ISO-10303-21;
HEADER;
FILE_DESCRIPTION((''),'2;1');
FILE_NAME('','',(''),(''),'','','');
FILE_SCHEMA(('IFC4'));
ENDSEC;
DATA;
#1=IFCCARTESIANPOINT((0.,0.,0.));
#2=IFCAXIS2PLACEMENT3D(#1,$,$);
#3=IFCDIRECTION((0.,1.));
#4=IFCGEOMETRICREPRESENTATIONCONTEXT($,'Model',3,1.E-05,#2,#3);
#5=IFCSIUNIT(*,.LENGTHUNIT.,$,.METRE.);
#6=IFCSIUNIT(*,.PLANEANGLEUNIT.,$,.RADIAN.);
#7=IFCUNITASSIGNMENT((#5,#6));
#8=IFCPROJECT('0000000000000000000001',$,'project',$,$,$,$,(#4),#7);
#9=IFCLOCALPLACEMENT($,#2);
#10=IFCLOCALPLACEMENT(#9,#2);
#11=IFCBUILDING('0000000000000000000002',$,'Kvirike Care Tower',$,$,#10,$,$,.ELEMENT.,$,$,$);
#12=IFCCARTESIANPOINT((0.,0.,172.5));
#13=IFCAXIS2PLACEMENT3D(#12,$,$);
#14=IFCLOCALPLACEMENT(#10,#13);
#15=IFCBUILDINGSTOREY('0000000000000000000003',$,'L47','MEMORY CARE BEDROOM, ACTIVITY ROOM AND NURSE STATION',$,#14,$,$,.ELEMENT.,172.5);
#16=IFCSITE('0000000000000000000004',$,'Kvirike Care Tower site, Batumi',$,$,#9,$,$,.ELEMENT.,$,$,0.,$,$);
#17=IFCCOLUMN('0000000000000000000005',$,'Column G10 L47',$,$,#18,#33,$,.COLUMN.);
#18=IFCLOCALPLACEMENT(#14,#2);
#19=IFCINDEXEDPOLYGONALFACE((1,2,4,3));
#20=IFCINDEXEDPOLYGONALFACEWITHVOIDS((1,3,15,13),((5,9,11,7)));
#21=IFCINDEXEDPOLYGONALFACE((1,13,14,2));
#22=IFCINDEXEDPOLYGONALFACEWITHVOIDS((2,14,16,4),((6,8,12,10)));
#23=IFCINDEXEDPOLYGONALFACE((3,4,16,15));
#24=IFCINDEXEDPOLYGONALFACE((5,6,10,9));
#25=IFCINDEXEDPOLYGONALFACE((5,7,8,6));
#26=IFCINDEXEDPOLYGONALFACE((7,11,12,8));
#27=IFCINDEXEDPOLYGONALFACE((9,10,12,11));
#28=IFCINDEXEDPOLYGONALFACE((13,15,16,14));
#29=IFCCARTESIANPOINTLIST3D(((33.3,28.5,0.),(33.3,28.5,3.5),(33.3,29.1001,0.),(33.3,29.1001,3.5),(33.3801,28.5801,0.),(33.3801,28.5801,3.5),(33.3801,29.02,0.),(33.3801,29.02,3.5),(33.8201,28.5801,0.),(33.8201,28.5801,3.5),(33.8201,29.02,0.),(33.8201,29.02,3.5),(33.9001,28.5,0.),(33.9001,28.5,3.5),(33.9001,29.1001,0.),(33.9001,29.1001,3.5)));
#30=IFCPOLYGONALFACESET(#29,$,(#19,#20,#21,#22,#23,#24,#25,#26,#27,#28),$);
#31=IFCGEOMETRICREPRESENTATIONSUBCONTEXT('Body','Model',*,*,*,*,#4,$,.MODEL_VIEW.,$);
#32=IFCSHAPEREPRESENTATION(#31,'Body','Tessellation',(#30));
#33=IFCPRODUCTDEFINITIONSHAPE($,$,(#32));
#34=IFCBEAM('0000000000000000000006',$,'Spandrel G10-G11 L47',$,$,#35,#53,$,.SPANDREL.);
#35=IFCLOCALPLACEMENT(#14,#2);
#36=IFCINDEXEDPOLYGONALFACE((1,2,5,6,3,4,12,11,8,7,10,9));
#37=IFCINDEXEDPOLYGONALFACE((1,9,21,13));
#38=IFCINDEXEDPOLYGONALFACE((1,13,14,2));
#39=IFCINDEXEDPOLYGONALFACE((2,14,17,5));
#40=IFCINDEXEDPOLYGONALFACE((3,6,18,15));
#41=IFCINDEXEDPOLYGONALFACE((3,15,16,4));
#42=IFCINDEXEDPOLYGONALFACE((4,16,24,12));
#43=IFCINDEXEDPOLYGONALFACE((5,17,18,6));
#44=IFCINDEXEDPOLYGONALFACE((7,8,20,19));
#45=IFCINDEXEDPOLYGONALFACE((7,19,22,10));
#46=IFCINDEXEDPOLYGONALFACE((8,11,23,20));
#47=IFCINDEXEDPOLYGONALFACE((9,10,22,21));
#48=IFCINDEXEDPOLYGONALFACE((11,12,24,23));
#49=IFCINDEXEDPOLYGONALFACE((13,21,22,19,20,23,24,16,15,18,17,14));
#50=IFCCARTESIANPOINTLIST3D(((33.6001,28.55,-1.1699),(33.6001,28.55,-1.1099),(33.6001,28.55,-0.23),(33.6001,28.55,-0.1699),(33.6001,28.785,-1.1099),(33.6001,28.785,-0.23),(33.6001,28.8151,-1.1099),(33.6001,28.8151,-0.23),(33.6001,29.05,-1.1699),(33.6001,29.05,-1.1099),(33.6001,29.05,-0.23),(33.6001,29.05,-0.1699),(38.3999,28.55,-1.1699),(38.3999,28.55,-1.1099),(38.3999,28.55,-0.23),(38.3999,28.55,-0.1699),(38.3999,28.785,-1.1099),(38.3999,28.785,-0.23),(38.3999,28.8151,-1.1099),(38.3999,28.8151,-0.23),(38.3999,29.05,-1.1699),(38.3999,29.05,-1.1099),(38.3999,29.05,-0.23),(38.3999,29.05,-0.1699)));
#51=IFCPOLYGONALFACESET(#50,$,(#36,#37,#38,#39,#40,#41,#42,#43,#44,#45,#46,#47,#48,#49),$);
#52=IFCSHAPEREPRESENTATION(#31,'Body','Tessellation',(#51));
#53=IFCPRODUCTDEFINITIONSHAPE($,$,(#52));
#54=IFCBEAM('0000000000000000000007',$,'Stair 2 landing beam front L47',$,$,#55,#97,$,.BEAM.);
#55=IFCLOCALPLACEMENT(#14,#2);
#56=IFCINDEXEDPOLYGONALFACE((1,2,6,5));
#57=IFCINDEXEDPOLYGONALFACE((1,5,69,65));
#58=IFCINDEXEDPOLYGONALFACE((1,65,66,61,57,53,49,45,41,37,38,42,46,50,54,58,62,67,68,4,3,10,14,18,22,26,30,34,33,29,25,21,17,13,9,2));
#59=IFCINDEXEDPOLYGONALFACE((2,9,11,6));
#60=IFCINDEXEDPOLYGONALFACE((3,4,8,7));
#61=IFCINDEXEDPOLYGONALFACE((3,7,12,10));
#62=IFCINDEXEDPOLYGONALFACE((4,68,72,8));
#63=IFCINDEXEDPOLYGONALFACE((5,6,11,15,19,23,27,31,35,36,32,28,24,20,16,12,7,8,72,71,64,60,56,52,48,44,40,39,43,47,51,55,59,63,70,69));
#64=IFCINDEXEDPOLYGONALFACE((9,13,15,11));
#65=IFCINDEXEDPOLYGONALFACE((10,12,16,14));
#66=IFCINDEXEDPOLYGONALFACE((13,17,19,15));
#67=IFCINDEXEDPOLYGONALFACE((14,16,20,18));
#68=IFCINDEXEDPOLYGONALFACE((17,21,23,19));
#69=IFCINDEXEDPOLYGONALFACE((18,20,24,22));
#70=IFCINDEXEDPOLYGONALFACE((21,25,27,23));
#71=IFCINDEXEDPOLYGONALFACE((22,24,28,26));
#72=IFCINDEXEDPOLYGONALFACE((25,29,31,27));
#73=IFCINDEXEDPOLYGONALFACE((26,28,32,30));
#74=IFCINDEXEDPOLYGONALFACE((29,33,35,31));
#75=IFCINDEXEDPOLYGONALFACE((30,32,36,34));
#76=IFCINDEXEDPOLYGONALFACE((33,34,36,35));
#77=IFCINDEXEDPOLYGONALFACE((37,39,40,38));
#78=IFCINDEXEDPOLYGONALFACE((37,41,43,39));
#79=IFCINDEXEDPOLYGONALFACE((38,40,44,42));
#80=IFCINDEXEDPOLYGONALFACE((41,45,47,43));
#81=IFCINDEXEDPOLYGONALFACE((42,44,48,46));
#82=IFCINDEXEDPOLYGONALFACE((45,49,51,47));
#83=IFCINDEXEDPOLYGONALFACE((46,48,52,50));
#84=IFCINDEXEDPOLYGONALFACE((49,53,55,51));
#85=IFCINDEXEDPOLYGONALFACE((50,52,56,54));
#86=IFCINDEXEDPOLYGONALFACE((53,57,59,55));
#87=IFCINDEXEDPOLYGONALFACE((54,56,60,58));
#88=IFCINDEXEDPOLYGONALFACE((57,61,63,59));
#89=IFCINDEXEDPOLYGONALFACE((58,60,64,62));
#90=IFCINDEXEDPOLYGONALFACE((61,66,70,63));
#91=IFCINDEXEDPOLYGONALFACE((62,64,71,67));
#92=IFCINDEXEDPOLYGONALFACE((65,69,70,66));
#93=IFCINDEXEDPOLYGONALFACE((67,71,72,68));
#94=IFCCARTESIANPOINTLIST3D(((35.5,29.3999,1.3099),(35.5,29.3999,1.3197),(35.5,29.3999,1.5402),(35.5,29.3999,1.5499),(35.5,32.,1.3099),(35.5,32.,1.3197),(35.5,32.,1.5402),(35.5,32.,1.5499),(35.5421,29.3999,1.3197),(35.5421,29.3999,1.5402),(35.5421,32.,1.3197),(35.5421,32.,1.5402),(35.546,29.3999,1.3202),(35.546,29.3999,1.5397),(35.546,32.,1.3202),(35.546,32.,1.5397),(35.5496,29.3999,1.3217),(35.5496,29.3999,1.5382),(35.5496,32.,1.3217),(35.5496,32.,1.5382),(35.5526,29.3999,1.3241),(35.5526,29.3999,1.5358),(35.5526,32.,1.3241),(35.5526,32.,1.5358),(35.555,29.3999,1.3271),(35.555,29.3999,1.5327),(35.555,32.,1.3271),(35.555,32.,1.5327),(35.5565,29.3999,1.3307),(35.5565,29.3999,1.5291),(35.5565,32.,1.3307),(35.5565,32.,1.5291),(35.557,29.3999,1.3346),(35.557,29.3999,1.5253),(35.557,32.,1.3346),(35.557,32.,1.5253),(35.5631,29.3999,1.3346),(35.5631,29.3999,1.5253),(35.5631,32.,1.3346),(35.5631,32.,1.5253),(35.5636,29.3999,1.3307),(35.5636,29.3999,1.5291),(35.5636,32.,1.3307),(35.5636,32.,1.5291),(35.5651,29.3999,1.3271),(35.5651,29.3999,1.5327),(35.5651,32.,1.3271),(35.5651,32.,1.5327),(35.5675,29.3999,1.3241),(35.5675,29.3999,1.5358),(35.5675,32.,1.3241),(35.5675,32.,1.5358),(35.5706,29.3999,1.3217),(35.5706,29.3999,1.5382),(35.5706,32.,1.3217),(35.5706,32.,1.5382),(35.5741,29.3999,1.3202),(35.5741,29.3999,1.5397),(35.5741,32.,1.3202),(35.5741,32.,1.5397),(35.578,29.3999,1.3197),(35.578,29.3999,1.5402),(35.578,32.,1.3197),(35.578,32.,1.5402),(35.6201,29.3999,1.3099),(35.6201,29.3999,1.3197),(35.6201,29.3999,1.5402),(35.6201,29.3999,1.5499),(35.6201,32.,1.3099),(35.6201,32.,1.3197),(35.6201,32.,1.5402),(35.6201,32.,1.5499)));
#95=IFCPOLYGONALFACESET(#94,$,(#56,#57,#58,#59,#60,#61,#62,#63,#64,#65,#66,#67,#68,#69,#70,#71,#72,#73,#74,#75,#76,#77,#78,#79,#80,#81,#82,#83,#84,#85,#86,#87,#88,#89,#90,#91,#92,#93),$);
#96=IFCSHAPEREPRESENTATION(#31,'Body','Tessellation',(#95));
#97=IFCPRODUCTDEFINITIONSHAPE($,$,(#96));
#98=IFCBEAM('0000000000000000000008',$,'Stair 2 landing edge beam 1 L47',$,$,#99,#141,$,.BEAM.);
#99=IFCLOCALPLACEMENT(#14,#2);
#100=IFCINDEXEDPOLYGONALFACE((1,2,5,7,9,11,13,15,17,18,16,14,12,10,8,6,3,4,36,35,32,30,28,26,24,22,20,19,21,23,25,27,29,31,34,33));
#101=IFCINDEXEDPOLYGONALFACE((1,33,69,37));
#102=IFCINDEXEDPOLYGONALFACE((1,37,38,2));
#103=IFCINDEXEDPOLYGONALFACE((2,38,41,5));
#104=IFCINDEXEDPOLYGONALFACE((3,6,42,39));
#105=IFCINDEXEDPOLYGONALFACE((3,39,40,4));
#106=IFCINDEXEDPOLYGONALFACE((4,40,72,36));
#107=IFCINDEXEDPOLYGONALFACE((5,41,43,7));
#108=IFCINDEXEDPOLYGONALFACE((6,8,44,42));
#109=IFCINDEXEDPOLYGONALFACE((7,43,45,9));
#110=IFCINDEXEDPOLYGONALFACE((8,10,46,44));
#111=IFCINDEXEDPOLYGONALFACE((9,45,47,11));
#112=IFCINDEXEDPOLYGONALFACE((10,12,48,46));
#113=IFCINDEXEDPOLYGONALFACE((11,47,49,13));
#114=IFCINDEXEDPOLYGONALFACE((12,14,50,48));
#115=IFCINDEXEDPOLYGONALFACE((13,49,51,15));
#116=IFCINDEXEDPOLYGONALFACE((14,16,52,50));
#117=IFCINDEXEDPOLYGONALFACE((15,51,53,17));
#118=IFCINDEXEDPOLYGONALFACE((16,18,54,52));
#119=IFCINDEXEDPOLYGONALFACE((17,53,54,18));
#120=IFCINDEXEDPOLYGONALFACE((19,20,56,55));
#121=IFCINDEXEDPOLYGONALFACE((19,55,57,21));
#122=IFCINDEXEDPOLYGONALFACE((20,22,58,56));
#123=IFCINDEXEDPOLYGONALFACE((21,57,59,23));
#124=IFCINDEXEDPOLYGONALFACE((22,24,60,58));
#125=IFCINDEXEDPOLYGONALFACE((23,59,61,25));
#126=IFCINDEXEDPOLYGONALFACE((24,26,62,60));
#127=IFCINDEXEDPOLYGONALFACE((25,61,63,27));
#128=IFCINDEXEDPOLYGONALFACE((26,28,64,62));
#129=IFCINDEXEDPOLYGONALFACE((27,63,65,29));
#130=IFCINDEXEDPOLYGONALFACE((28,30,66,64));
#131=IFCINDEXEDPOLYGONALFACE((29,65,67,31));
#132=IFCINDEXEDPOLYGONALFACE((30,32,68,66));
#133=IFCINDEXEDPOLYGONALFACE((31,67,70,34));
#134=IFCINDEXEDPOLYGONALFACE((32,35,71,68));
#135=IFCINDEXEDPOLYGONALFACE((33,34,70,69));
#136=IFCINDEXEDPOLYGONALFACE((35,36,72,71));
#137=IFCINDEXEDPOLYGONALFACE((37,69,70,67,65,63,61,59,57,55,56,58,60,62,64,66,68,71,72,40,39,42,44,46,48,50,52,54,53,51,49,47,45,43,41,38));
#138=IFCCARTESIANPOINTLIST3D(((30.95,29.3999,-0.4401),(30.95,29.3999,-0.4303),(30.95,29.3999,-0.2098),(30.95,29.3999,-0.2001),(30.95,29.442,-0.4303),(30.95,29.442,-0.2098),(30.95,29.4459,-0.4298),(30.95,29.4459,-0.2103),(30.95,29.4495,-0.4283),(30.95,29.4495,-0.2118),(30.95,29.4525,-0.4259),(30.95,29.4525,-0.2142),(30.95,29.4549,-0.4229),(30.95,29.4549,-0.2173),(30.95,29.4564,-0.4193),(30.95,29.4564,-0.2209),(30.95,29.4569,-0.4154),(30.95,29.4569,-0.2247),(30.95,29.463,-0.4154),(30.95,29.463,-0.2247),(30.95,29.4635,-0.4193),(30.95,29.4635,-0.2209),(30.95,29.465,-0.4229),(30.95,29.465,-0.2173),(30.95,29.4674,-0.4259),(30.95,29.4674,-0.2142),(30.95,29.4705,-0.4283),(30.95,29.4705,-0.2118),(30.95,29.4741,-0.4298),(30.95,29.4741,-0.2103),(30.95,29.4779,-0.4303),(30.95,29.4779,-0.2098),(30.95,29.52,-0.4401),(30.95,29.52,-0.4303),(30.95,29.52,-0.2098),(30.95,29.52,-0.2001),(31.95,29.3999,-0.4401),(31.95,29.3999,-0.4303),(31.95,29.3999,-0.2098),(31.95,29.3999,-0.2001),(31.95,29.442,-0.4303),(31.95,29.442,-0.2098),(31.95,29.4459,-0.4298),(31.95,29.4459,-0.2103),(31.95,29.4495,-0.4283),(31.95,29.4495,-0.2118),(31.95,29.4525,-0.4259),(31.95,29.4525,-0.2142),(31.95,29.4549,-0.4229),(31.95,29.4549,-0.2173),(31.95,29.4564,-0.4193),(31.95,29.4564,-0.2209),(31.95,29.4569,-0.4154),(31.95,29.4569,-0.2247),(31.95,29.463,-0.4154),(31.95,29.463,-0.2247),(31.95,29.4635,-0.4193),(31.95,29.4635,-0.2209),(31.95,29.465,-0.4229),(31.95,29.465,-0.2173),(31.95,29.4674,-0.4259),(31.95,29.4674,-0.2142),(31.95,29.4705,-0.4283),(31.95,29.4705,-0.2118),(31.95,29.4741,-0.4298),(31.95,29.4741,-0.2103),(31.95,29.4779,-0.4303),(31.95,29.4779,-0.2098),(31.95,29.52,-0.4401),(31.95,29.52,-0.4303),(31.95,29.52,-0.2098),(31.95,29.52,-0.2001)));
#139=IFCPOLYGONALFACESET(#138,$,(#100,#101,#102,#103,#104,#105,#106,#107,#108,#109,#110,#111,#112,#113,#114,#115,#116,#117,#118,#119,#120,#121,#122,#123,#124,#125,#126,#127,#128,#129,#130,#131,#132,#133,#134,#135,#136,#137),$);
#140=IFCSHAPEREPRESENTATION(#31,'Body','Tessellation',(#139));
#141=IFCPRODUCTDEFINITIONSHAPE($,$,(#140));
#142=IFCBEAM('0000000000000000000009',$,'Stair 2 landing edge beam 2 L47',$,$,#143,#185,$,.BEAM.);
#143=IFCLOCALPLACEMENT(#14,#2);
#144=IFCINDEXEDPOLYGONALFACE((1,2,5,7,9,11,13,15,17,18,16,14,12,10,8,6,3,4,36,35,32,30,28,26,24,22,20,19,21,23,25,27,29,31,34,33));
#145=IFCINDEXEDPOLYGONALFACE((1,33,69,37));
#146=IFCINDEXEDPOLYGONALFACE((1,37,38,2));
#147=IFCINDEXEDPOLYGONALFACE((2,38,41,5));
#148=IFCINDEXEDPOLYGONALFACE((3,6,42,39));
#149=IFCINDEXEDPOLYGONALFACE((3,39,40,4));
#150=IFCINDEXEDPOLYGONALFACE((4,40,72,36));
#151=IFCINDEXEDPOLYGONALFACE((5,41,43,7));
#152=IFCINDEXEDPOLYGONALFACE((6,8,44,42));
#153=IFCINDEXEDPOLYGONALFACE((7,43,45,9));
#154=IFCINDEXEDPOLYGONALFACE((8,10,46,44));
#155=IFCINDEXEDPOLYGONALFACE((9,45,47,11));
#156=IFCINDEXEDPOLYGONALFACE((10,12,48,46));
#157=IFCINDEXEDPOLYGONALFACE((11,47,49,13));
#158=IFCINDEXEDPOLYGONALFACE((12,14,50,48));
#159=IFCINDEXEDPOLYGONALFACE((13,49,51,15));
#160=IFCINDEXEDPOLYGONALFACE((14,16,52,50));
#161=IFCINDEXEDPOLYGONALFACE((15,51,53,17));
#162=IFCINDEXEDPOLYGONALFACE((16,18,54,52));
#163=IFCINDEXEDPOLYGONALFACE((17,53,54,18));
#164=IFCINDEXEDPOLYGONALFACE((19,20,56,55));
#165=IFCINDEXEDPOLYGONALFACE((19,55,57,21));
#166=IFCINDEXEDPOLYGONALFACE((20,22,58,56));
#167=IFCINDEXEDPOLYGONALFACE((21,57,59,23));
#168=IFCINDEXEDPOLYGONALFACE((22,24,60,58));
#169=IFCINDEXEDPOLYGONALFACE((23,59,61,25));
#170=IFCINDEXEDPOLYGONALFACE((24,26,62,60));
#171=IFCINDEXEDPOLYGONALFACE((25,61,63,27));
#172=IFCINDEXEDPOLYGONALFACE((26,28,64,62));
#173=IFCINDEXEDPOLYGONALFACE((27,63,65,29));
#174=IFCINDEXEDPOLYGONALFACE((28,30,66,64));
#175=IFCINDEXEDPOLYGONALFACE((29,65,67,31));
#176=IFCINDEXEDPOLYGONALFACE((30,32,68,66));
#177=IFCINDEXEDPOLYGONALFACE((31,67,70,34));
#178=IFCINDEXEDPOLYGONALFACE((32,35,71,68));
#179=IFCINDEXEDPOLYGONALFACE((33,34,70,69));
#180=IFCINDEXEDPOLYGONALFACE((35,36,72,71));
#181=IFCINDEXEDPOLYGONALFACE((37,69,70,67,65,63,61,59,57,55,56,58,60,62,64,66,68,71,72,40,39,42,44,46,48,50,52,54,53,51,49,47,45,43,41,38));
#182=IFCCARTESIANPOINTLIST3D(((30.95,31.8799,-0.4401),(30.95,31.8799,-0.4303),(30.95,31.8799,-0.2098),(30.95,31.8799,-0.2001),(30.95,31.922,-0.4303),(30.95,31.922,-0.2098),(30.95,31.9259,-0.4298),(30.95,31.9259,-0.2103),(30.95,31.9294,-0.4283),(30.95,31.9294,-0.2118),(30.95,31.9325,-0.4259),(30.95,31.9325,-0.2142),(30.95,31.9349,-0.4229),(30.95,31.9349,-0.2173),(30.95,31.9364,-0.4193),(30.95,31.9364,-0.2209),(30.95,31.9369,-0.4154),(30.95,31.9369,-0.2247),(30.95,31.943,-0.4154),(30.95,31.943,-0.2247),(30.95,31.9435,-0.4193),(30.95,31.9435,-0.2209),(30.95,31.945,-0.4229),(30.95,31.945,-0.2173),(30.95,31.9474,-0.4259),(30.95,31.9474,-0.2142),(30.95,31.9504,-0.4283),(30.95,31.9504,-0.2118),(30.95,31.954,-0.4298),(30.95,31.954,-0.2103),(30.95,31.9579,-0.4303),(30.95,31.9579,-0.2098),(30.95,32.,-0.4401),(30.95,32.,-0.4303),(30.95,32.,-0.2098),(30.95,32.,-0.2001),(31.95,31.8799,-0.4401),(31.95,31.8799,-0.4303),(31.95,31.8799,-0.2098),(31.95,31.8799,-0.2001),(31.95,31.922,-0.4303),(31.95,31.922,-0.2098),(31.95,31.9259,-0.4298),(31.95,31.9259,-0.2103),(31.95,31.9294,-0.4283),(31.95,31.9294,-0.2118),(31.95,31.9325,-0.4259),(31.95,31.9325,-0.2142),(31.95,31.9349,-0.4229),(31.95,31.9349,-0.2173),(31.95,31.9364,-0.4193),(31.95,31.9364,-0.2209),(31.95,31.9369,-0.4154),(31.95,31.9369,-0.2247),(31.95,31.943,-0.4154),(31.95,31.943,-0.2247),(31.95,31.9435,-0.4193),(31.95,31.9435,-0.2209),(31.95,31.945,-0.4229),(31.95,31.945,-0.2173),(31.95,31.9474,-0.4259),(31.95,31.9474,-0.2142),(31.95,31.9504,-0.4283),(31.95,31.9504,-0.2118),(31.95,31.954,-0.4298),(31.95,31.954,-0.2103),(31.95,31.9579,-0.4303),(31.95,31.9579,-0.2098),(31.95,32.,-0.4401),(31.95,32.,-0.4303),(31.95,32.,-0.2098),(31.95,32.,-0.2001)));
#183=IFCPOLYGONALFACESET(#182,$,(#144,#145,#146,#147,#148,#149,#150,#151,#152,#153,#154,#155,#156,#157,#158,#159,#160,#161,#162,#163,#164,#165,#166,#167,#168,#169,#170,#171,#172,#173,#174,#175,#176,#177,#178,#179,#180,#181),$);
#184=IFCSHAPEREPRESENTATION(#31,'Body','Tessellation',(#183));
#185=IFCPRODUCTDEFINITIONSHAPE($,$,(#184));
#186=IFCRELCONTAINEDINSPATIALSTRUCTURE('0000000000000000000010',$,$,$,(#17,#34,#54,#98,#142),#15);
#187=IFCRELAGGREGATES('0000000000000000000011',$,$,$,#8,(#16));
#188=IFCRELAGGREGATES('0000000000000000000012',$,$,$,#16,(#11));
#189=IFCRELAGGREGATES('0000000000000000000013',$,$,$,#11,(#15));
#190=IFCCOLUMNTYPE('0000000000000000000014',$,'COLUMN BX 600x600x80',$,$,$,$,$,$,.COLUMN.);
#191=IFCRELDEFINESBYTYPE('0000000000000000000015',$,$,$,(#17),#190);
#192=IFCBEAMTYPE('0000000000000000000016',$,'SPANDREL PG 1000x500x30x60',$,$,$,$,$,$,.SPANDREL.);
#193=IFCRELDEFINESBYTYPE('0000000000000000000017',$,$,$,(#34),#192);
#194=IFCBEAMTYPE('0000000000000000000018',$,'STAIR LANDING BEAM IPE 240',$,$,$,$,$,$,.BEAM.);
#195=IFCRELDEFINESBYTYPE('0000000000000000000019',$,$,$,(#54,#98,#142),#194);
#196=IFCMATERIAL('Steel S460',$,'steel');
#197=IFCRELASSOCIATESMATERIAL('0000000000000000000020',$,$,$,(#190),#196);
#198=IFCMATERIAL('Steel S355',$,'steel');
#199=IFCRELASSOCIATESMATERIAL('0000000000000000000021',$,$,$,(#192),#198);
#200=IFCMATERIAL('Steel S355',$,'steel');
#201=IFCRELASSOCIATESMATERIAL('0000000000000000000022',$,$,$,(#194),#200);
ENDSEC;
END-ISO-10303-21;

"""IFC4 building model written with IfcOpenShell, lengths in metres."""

from ifc_helpers import new_model, si_unit, direction, frame, origin, origin_2d, place, context, subcontext, project, spatial, hollow_rectangle, i_section, extrude, material, material_profile, profile_set, type_object, element, save


model = new_model("IFC4")

# Units and contexts
model_context = context("Model", 3, precision=1e-05, world=origin(), true_north=direction((0.0, 1.0)))
body_context = subcontext(model_context, "Body", "Model", "MODEL_VIEW")
ifc_project = project(units=[si_unit("LENGTHUNIT", "METRE"), si_unit("PLANEANGLEUNIT", "RADIAN")], contexts=[model_context])

# Site, building, storey
site_placement = place(None, origin())
site = spatial("IfcSite", under=ifc_project, at=site_placement, Name="Kvirike Care Tower site, Batumi", CompositionType="ELEMENT", RefElevation=0.0)
building_placement = place(site_placement, origin())
building = spatial("IfcBuilding", under=site, at=building_placement, Name="Kvirike Care Tower", CompositionType="ELEMENT")
storey_placement = place(building_placement, frame((0.0, 0.0, 172.5)))
storey = spatial("IfcBuildingStorey", under=building, at=storey_placement, Name="L47", Description="MEMORY CARE BEDROOM, ACTIVITY ROOM AND NURSE STATION", CompositionType="ELEMENT", Elevation=172.5)

# Column
ifc_material_1 = material(Name="Steel S460", Category="steel")
ifc_material_profile_1 = material_profile(ifc_material_1, hollow_rectangle(XDim=0.6001, YDim=0.6001, WallThickness=0.0801, at=origin_2d()), Name="BX 600x600x80")
ifc_profile_set_1 = profile_set([ifc_material_profile_1], Name="Steel S460")
column_type = type_object("IfcColumnType", Name="COLUMN BX 600x600x80", PredefinedType="COLUMN", material=ifc_profile_set_1)
column_placement = place(storey_placement, frame((33.6001, 28.8, 0.0), z_axis=(0.0, 0.0, 1.0), x_axis=(0.0, 1.0, 0.0)))
element("IfcColumn", 1, at=column_placement, inside=storey, type_object=column_type, Name="Column G10 L47", PredefinedType="COLUMN", context=body_context, shape_type="SweptSolid", body=[
    extrude(hollow_rectangle(XDim=0.6001, YDim=0.6001, WallThickness=0.0801, at=origin_2d()), origin(), (0.0, 0.0, 1.0), 3.5),
])

# Beams
ifc_material_2 = material(Name="Steel S355", Category="steel")
ifc_material_profile_2 = material_profile(ifc_material_2, i_section(OverallWidth=0.5, OverallDepth=1.0, WebThickness=0.03, FlangeThickness=0.0601, at=origin_2d()), Name="PG 1000x500x30x60")
ifc_profile_set_2 = profile_set([ifc_material_profile_2], Name="Steel S355")
beam_type_1 = type_object("IfcBeamType", Name="SPANDREL PG 1000x500x30x60", PredefinedType="SPANDREL", material=ifc_profile_set_2)
beam_1_placement = place(storey_placement, frame((33.6001, 28.8, -0.6699), z_axis=(1.0, 0.0, 0.0), x_axis=(0.0, 1.0, 0.0)))
element("IfcBeam", 2, at=beam_1_placement, inside=storey, type_object=beam_type_1, Name="Spandrel G10-G11 L47", PredefinedType="SPANDREL", context=body_context, shape_type="SweptSolid", body=[
    extrude(i_section(OverallWidth=0.5, OverallDepth=1.0, WebThickness=0.03, FlangeThickness=0.0601, at=origin_2d()), origin(), (0.0, 0.0, 1.0), 4.7998),
])
ifc_material_3 = material(Name="Steel S355", Category="steel")
ifc_material_profile_3 = material_profile(ifc_material_3, i_section(OverallWidth=0.1201, OverallDepth=0.24, WebThickness=0.0061, FlangeThickness=0.0098, FilletRadius=0.0149, at=origin_2d()), Name="IPE 240")
ifc_profile_set_3 = profile_set([ifc_material_profile_3], Name="Steel S355")
beam_type_2 = type_object("IfcBeamType", Name="STAIR LANDING BEAM IPE 240", PredefinedType="BEAM", material=ifc_profile_set_3)
beam_2_placement = place(storey_placement, frame((35.5601, 29.3999, 1.4299), z_axis=(0.0, 1.0, 0.0), x_axis=(-1.0, 0.0, 0.0)))
element("IfcBeam", 3, at=beam_2_placement, inside=storey, type_object=beam_type_2, Name="Stair 2 landing beam front L47", PredefinedType="BEAM", context=body_context, shape_type="SweptSolid", body=[
    extrude(i_section(OverallWidth=0.1201, OverallDepth=0.24, WebThickness=0.0061, FlangeThickness=0.0098, FilletRadius=0.0149, at=origin_2d()), origin(), (0.0, 0.0, 1.0), 2.6001),
])
for number, where, z_axis, x_axis, name in (
    (4, (31.95, 29.46, -0.3201), (-1.0, 0.0, 0.0), (0.0, -1.0, 0.0), "Stair 2 landing edge beam 1 L47"),
    (5, (31.95, 31.9399, -0.3201), (-1.0, 0.0, 0.0), (0.0, -1.0, 0.0), "Stair 2 landing edge beam 2 L47"),
):
    element("IfcBeam", number, at=place(storey_placement, frame(where, z_axis=z_axis, x_axis=x_axis)), inside=storey, type_object=beam_type_2, Name=name, PredefinedType="BEAM", context=body_context, shape_type="SweptSolid", body=[
        extrude(i_section(OverallWidth=0.1201, OverallDepth=0.24, WebThickness=0.0061, FlangeThickness=0.0098, FilletRadius=0.0149, at=origin_2d()), origin(), (0.0, 0.0, 1.0), 1.0),
    ])

save(model, "model.ifc")
